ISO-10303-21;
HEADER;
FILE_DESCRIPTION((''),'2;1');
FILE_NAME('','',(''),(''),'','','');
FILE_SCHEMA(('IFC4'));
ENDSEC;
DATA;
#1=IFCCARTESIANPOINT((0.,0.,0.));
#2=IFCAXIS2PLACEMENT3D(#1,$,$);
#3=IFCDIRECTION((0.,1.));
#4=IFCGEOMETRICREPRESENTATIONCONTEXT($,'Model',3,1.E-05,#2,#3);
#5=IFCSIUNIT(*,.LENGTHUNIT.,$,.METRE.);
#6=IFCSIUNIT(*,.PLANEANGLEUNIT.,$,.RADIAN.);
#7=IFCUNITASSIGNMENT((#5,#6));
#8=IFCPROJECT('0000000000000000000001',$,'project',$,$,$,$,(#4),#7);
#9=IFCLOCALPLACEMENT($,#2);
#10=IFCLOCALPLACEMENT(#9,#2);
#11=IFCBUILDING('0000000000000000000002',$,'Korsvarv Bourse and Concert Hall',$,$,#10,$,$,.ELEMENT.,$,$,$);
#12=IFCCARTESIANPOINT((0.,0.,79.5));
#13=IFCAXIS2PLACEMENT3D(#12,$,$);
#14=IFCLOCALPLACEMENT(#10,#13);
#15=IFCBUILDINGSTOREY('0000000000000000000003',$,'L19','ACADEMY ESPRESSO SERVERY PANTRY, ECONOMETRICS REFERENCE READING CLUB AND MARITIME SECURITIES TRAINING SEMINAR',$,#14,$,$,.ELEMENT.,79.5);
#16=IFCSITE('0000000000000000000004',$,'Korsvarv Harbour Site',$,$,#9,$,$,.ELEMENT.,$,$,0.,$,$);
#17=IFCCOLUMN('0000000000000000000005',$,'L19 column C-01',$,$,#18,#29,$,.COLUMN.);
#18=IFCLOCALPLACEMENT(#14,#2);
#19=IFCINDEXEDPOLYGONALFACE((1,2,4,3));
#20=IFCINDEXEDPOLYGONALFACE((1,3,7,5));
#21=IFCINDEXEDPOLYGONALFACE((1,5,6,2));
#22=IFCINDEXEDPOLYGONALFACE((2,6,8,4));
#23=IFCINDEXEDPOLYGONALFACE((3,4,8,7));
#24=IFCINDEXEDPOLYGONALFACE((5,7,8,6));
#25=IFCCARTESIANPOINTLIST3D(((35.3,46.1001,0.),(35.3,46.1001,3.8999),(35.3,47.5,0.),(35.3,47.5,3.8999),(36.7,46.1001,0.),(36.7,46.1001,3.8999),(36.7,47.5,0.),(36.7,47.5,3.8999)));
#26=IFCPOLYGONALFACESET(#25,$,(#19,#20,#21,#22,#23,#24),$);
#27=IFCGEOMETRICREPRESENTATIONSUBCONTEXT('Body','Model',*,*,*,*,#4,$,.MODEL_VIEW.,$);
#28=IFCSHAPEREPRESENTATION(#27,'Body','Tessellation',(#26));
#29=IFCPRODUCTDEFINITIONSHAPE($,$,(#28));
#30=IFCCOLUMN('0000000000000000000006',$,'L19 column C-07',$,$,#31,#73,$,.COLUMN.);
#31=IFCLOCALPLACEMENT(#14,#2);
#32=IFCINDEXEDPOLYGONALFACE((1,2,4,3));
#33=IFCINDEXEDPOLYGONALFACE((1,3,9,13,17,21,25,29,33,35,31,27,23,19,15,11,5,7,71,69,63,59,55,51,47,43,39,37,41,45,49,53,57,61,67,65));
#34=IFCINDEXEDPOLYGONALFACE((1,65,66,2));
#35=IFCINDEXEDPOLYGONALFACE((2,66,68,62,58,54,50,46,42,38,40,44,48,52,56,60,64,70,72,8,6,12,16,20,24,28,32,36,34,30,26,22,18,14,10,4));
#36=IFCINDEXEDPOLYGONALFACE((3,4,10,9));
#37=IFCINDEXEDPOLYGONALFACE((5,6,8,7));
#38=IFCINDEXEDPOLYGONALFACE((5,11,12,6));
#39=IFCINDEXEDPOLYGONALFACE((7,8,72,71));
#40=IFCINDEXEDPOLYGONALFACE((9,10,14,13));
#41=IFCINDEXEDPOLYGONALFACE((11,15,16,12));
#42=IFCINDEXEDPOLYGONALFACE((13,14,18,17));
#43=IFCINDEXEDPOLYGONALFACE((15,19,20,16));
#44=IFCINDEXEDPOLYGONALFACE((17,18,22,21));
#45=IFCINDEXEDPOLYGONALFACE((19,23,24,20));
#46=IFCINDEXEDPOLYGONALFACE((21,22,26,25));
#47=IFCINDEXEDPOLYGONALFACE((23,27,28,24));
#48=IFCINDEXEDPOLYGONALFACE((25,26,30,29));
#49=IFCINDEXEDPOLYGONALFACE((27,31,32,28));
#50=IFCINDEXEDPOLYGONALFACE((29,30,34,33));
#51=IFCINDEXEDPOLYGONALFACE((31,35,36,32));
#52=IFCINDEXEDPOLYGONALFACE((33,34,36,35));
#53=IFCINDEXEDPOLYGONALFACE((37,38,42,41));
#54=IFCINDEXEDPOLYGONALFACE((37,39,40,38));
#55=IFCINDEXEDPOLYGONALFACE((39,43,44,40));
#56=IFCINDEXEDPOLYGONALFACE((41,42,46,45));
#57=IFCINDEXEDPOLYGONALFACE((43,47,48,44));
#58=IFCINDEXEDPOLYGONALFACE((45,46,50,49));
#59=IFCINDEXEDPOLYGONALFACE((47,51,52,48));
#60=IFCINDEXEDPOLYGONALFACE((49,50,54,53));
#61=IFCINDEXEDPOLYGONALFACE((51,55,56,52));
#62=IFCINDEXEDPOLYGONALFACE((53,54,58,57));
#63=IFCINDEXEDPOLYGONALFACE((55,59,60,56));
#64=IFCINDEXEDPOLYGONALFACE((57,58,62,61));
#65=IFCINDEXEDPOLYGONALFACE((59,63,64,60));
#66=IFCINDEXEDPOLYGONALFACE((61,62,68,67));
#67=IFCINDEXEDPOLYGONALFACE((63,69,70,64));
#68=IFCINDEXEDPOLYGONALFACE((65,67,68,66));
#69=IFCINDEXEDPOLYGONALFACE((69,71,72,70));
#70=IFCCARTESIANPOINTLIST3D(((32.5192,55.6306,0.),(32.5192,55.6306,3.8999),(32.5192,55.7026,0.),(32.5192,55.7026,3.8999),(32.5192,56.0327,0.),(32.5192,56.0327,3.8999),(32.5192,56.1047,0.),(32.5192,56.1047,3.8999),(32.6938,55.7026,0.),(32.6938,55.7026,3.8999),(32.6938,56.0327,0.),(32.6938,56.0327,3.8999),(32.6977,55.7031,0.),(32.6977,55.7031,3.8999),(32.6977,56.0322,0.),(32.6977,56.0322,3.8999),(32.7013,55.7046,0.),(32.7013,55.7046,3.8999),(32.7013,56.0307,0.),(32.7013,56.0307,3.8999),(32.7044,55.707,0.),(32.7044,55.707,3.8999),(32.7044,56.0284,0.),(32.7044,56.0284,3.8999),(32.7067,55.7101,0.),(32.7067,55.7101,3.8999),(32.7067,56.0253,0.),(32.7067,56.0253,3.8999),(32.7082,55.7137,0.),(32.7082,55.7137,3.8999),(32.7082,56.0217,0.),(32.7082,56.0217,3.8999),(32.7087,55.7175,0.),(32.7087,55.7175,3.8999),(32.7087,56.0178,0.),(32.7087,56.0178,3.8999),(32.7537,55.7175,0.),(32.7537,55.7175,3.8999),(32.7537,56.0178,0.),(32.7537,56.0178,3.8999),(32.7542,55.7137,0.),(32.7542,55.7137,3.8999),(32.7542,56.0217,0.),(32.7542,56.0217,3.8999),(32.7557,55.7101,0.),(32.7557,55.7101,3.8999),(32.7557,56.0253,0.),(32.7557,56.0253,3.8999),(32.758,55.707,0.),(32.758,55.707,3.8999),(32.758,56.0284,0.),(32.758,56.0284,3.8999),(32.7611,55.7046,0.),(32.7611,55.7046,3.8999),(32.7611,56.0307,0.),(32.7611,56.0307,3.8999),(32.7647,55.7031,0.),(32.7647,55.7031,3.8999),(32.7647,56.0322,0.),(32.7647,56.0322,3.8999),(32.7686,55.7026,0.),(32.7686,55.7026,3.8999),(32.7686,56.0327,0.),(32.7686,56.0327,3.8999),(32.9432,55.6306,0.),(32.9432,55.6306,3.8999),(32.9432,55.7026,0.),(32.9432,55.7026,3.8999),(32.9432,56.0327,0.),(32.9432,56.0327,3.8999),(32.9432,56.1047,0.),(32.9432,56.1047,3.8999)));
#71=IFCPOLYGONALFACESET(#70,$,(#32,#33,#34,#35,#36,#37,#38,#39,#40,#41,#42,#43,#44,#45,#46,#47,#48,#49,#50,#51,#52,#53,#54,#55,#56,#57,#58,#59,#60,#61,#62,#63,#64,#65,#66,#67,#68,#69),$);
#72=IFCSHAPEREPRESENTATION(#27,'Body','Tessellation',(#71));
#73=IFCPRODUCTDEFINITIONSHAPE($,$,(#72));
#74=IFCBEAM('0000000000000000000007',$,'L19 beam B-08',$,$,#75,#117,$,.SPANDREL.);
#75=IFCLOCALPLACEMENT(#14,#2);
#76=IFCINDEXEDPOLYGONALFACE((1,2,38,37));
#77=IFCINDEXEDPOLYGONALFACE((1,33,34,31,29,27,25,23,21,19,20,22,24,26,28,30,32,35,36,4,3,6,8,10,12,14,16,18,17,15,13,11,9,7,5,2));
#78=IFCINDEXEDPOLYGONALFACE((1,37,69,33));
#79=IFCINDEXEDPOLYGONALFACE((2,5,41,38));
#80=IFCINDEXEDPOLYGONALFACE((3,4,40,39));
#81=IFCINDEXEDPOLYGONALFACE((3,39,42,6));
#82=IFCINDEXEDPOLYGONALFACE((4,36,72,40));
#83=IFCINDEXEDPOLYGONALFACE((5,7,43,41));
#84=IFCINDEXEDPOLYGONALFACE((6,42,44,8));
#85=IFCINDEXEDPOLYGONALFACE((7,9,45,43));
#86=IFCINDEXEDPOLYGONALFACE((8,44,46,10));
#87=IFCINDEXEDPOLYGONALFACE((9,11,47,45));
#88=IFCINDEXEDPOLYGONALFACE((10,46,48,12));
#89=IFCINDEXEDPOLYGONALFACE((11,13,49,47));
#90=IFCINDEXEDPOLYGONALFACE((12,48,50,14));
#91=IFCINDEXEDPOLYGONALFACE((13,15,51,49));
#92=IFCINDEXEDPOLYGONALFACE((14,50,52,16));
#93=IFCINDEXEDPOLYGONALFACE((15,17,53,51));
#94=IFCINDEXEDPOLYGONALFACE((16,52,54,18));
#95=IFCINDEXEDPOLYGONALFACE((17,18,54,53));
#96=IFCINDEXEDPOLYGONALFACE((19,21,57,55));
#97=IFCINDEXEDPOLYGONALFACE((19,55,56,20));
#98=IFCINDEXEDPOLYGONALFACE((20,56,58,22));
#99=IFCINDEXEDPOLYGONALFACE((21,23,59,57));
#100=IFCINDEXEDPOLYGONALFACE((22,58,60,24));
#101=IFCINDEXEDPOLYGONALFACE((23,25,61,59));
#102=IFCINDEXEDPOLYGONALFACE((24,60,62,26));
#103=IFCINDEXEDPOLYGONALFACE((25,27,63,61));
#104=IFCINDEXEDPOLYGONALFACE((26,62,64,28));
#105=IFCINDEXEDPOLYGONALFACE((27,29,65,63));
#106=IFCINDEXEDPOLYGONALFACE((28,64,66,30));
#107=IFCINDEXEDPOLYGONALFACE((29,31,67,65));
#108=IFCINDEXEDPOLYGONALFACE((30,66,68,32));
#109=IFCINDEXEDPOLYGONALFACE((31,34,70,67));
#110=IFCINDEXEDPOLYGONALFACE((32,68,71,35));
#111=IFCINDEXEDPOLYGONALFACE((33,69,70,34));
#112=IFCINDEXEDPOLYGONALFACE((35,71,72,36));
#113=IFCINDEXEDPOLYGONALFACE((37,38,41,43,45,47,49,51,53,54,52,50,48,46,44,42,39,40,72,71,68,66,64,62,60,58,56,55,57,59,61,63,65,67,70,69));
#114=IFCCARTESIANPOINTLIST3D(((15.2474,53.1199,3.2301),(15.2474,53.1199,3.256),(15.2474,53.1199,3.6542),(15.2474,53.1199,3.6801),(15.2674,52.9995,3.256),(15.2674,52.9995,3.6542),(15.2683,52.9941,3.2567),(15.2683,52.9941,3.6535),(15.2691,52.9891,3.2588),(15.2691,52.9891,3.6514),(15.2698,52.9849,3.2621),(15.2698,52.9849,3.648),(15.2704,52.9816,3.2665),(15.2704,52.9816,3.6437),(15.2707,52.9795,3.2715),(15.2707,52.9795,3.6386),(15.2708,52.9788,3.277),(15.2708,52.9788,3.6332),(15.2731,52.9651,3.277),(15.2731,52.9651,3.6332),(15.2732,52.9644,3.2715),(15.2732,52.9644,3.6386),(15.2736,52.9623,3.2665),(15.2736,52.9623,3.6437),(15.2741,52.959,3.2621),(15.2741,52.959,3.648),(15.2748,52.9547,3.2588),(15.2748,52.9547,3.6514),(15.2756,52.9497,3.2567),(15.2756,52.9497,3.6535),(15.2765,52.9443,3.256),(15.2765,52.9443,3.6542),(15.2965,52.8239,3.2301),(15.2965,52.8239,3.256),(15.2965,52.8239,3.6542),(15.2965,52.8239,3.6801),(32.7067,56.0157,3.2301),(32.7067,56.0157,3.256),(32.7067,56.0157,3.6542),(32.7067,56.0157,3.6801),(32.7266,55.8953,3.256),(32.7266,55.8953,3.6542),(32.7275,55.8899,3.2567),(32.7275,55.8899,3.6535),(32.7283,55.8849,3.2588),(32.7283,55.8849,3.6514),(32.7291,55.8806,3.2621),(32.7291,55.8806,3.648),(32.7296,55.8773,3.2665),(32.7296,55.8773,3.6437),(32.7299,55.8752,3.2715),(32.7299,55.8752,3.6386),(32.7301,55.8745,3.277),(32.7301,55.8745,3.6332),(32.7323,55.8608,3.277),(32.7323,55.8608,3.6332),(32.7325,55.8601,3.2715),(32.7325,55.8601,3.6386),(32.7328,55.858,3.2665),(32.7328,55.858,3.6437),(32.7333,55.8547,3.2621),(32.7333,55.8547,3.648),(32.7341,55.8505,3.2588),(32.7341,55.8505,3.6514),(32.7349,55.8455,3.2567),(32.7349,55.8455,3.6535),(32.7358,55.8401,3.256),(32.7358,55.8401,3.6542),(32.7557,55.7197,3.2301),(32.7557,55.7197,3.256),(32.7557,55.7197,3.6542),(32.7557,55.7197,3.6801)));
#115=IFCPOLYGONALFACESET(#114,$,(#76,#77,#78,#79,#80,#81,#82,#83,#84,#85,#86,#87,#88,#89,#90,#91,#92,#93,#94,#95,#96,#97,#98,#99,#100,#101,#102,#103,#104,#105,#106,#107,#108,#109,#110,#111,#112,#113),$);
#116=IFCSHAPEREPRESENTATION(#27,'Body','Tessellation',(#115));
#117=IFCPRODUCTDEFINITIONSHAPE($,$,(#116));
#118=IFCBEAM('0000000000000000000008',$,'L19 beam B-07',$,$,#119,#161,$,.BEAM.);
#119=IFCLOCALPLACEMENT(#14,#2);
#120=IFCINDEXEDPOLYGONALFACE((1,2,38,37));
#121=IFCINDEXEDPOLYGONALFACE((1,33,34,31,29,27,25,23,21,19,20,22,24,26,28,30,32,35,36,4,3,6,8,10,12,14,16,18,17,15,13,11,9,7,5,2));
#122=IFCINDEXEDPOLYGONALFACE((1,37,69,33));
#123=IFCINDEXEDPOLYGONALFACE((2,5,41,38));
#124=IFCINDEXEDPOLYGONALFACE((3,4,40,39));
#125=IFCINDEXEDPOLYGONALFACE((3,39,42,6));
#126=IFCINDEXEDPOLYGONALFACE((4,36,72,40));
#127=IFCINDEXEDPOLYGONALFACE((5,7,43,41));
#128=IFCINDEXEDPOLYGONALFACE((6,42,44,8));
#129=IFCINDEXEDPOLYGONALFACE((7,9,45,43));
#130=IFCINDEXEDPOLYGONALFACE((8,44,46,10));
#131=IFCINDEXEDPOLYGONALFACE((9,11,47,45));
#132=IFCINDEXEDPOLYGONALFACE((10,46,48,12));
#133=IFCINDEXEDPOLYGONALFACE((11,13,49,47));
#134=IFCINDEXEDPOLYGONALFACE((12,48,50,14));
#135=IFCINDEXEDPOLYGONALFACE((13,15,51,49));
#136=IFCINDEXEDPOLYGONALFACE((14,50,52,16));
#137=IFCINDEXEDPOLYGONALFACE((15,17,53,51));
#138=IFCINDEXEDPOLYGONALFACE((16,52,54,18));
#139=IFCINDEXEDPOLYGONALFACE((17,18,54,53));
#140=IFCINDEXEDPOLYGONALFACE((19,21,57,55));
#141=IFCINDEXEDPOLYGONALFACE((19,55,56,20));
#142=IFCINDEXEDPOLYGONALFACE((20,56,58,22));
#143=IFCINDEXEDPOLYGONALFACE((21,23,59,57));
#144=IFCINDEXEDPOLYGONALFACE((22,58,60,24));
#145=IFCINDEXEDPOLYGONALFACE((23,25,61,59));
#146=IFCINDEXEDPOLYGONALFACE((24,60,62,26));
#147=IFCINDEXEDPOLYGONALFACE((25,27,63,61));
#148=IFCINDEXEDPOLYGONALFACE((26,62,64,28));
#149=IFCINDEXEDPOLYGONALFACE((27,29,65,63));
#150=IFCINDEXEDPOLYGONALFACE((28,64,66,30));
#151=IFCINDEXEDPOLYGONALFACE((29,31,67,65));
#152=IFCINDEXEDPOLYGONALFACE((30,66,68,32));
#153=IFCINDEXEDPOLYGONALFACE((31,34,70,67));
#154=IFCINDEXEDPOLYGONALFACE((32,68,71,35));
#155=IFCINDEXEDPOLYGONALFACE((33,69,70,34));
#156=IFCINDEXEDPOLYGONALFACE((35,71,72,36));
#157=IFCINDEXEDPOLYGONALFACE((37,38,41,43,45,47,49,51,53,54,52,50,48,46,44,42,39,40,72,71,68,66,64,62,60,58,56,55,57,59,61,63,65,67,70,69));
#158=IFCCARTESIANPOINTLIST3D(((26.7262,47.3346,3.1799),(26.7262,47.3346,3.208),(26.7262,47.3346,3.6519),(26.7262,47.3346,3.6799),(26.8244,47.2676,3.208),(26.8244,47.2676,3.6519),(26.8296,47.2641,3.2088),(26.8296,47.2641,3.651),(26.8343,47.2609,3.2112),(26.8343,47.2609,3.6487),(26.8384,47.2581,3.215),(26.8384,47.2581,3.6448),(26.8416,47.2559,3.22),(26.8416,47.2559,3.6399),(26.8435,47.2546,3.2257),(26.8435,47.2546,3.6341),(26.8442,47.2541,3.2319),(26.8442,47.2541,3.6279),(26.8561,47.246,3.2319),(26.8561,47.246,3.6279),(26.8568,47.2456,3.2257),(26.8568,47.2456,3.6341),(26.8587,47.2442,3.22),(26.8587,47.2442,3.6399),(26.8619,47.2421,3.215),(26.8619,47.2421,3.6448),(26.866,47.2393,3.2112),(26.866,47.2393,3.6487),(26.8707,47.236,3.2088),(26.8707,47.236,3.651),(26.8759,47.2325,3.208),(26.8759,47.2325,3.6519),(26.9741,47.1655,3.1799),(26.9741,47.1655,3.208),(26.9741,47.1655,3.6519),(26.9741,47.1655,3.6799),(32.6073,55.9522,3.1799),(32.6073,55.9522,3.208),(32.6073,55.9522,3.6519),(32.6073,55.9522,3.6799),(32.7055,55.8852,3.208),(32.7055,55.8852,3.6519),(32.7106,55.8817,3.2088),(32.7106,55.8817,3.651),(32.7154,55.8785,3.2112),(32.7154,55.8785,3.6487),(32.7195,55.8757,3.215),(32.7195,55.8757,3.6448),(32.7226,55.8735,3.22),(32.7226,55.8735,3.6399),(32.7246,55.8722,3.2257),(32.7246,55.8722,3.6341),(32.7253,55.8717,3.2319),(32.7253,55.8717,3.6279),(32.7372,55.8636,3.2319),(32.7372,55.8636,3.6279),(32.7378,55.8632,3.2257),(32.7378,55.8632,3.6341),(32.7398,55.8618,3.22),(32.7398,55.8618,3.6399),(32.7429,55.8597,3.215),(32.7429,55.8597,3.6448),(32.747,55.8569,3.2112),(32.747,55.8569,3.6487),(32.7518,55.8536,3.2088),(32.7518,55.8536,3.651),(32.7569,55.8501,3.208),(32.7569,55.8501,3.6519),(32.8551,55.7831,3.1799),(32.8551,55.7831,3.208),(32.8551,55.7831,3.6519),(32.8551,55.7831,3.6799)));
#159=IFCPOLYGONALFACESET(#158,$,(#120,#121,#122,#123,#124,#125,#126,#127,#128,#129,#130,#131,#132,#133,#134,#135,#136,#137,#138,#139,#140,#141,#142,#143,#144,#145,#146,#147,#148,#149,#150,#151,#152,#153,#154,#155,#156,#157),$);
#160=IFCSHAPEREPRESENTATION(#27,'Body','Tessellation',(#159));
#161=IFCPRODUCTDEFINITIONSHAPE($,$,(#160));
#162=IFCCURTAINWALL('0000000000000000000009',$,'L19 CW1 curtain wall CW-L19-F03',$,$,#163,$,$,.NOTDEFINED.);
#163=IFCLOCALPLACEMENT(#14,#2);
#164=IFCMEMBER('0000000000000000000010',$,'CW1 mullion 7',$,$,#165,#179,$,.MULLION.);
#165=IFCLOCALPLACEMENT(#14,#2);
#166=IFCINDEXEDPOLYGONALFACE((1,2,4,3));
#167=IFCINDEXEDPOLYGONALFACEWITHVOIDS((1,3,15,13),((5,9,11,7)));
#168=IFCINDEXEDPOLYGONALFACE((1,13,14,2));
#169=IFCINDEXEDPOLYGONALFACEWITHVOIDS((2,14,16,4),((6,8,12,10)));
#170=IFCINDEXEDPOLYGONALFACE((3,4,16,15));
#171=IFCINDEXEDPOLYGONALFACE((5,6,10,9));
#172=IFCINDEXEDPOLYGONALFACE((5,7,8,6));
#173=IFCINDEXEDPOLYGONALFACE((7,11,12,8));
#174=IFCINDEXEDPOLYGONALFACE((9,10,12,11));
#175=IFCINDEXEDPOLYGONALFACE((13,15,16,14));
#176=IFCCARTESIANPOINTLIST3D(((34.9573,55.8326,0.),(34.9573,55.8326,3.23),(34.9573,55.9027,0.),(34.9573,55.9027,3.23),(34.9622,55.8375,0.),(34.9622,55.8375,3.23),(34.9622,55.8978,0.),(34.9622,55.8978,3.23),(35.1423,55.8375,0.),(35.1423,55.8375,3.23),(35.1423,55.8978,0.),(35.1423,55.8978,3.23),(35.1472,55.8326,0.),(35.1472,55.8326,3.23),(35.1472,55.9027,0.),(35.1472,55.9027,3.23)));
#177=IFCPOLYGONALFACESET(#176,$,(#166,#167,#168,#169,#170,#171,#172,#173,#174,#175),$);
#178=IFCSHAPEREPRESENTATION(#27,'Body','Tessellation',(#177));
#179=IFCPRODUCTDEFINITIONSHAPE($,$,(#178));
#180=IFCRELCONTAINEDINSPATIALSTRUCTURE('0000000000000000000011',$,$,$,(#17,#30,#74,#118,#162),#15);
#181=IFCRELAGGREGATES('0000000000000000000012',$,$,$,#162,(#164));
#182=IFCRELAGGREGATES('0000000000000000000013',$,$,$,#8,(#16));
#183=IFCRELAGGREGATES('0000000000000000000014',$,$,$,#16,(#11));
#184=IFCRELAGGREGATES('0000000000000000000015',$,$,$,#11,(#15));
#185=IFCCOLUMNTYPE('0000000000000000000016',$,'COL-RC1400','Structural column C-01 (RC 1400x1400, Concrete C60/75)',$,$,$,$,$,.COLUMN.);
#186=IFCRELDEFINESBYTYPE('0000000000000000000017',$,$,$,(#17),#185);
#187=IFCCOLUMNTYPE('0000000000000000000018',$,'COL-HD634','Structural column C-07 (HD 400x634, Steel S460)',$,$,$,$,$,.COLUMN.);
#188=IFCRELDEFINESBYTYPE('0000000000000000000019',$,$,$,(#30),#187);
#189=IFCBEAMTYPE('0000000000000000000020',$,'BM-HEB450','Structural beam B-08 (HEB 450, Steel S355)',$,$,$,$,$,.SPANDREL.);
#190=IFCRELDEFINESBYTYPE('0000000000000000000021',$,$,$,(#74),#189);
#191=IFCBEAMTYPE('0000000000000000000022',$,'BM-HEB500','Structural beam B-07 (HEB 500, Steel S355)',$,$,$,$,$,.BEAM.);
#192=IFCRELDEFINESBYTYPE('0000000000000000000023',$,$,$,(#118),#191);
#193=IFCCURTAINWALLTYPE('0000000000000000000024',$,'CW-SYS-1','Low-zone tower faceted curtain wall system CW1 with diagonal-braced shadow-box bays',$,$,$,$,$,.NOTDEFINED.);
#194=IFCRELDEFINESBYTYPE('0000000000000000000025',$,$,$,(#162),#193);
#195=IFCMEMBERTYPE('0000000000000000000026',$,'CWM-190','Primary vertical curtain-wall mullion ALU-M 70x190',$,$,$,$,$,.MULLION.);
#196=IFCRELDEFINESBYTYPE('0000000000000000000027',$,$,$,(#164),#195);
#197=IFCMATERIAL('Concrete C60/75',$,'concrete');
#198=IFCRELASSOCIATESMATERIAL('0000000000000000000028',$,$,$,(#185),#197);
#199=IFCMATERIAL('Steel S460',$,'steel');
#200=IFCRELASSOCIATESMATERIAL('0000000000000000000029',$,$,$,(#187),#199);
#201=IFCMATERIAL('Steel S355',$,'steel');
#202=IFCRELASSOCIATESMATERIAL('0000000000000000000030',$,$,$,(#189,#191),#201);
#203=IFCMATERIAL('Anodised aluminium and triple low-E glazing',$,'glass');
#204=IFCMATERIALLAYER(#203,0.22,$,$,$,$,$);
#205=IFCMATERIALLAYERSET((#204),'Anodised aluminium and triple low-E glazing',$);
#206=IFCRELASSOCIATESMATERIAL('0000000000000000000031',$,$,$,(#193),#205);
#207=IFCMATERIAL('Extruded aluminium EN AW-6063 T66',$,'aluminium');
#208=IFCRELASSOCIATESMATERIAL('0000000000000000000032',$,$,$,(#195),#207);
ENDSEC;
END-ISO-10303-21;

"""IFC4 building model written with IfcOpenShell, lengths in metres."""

from ifc_helpers import new_model, si_unit, direction, frame, origin, origin_2d, place, context, subcontext, project, spatial, rectangle, hollow_rectangle, i_section, extrude, source, transform, mapped, material, layer, layer_set, material_profile, profile_set, type_object, element, aggregate, save


model = new_model("IFC4")

# Units and contexts
model_context = context("Model", 3, precision=1e-05, world=origin(), true_north=direction((0.0, 1.0)))
body_context = subcontext(model_context, "Body", "Model", "MODEL_VIEW")
ifc_project = project(units=[si_unit("LENGTHUNIT", "METRE"), si_unit("PLANEANGLEUNIT", "RADIAN")], contexts=[model_context])

# Site, building, storey
site_placement = place(None, origin())
site = spatial("IfcSite", under=ifc_project, at=site_placement, Name="Korsvarv Harbour Site", CompositionType="ELEMENT", RefElevation=0.0)
building_placement = place(site_placement, origin())
building = spatial("IfcBuilding", under=site, at=building_placement, Name="Korsvarv Bourse and Concert Hall", CompositionType="ELEMENT")
storey_placement = place(building_placement, frame((0.0, 0.0, 79.5)))
storey = spatial("IfcBuildingStorey", under=building, at=storey_placement, Name="L19", Description="ACADEMY ESPRESSO SERVERY PANTRY, ECONOMETRICS REFERENCE READING CLUB AND MARITIME SECURITIES TRAINING SEMINAR", CompositionType="ELEMENT", Elevation=79.5)

# Columns
ifc_material_1 = material(Name="Concrete C60/75", Category="concrete")
ifc_material_profile_1 = material_profile(ifc_material_1, rectangle(XDim=1.3999, YDim=1.3999, at=origin_2d()), Name="RC 1400x1400")
ifc_profile_set_1 = profile_set([ifc_material_profile_1], Name="Concrete C60/75")
column_type_1 = type_object("IfcColumnType", Name="COL-RC1400", Description="Structural column C-01 (RC 1400x1400, Concrete C60/75)", PredefinedType="COLUMN", material=ifc_profile_set_1)
shared_shape_1 = source(origin(), body_context, "Body", "SweptSolid", [
    extrude(rectangle(XDim=1.3999, YDim=1.3999, at=origin_2d()), origin(), (0.0, 0.0, 1.0), 3.8999),
])
column_1_placement = place(storey_placement, frame((36.0, 46.8, 0.0), z_axis=(0.0, 0.0, 1.0), x_axis=(1.0, 0.0, 0.0)))
element("IfcColumn", 1, at=column_1_placement, inside=storey, type_object=column_type_1, Name="L19 column C-01", PredefinedType="COLUMN", context=body_context, shape_type="MappedRepresentation", body=[
    mapped(shared_shape_1, transform((0.0, 0.0, 0.0), scale=1.0)),
])
ifc_material_2 = material(Name="Steel S460", Category="steel")
ifc_material_profile_2 = material_profile(ifc_material_2, i_section(OverallWidth=0.4241, OverallDepth=0.4741, WebThickness=0.0449, FlangeThickness=0.072, FilletRadius=0.0149, at=origin_2d()), Name="HD 400x634")
ifc_profile_set_2 = profile_set([ifc_material_profile_2], Name="Steel S460")
column_type_2 = type_object("IfcColumnType", Name="COL-HD634", Description="Structural column C-07 (HD 400x634, Steel S460)", PredefinedType="COLUMN", material=ifc_profile_set_2)
shared_shape_2 = source(origin(), body_context, "Body", "SweptSolid", [
    extrude(i_section(OverallWidth=0.4241, OverallDepth=0.4741, WebThickness=0.0449, FlangeThickness=0.072, FilletRadius=0.0149, at=origin_2d()), origin(), (0.0, 0.0, 1.0), 3.8999),
])
column_2_placement = place(storey_placement, frame((32.7312, 55.8677, 0.0), z_axis=(0.0, 0.0, 1.0), x_axis=(1.0, 0.0, 0.0)))
element("IfcColumn", 2, at=column_2_placement, inside=storey, type_object=column_type_2, Name="L19 column C-07", PredefinedType="COLUMN", context=body_context, shape_type="MappedRepresentation", body=[
    mapped(shared_shape_2, transform((0.0, 0.0, 0.0), scale=1.0)),
])

# Beams
ifc_material_3 = material(Name="Steel S355", Category="steel")
ifc_material_profile_3 = material_profile(ifc_material_3, i_section(OverallWidth=0.3, OverallDepth=0.45, WebThickness=0.0139, FlangeThickness=0.0259, FilletRadius=0.021, at=origin_2d()), Name="HEB 450")
ifc_profile_set_3 = profile_set([ifc_material_profile_3], Name="Steel S355")
beam_type_1 = type_object("IfcBeamType", Name="BM-HEB450", Description="Structural beam B-08 (HEB 450, Steel S355)", PredefinedType="SPANDREL", material=ifc_profile_set_3)
shared_shape_3 = source(origin(), body_context, "Body", "SweptSolid", [
    extrude(i_section(OverallWidth=0.3, OverallDepth=0.45, WebThickness=0.0139, FlangeThickness=0.0259, FilletRadius=0.021, at=origin_2d()), origin(), (0.0, 0.0, 1.0), 17.6978),
])
beam_1_placement = place(storey_placement, frame((32.7312, 55.8677, 3.4551), z_axis=(-0.986523, -0.163623, 0.0), x_axis=(0.163623, -0.986523, 0.0)))
element("IfcBeam", 3, at=beam_1_placement, inside=storey, type_object=beam_type_1, Name="L19 beam B-08", PredefinedType="SPANDREL", context=body_context, shape_type="MappedRepresentation", body=[
    mapped(shared_shape_3, transform((0.0, 0.0, 0.0), scale=1.0)),
])
ifc_material_profile_4 = material_profile(ifc_material_3, i_section(OverallWidth=0.3, OverallDepth=0.5, WebThickness=0.0144, FlangeThickness=0.0281, FilletRadius=0.0239, at=origin_2d()), Name="HEB 500")
ifc_profile_set_4 = profile_set([ifc_material_profile_4], Name="Steel S355")
beam_type_2 = type_object("IfcBeamType", Name="BM-HEB500", Description="Structural beam B-07 (HEB 500, Steel S355)", PredefinedType="BEAM", material=ifc_profile_set_4)
shared_shape_4 = source(origin(), body_context, "Body", "SweptSolid", [
    extrude(i_section(OverallWidth=0.3, OverallDepth=0.5, WebThickness=0.0144, FlangeThickness=0.0281, FilletRadius=0.0239, at=origin_2d()), origin(), (0.0, 0.0, 1.0), 10.4331),
])
beam_2_placement = place(storey_placement, frame((32.7312, 55.8677, 3.4299), z_axis=(-0.563691, -0.825986, 0.0), x_axis=(0.825986, -0.563691, 0.0)))
element("IfcBeam", 4, at=beam_2_placement, inside=storey, type_object=beam_type_2, Name="L19 beam B-07", PredefinedType="BEAM", context=body_context, shape_type="MappedRepresentation", body=[
    mapped(shared_shape_4, transform((0.0, 0.0, 0.0), scale=1.0)),
])

# Curtain wall, member
ifc_material_4 = material(Name="Anodised aluminium and triple low-E glazing", Category="glass")
ifc_layer_1 = layer(ifc_material_4, 0.22)
ifc_layer_set_1 = layer_set([ifc_layer_1], Name="Anodised aluminium and triple low-E glazing")
curtain_wall_type = type_object("IfcCurtainWallType", Name="CW-SYS-1", Description="Low-zone tower faceted curtain wall system CW1 with diagonal-braced shadow-box bays", PredefinedType="NOTDEFINED", material=ifc_layer_set_1)
curtain_wall_placement = place(storey_placement, origin())
curtain_wall = element("IfcCurtainWall", 5, at=curtain_wall_placement, inside=storey, type_object=curtain_wall_type, Name="L19 CW1 curtain wall CW-L19-F03", PredefinedType="NOTDEFINED")
ifc_material_5 = material(Name="Extruded aluminium EN AW-6063 T66", Category="aluminium")
ifc_material_profile_5 = material_profile(ifc_material_5, hollow_rectangle(XDim=0.0701, YDim=0.1899, WallThickness=0.0049, at=origin_2d()), Name="ALU-M 70x190")
ifc_profile_set_5 = profile_set([ifc_material_profile_5], Name="Extruded aluminium EN AW-6063 T66")
member_type_1 = type_object("IfcMemberType", Name="CWM-190", Description="Primary vertical curtain-wall mullion ALU-M 70x190", PredefinedType="MULLION", material=ifc_profile_set_5)
shared_shape_5 = source(origin(), body_context, "Body", "SweptSolid", [
    extrude(hollow_rectangle(XDim=0.0701, YDim=0.1899, WallThickness=0.0049, at=origin_2d()), origin(), (0.0, 0.0, 1.0), 3.23),
])
member_1_placement = place(storey_placement, frame((35.0522, 55.8677, 0.0), z_axis=(0.0, 0.0, 1.0), x_axis=(0.0, -1.0, 0.0)))
member_1 = element("IfcMember", 6, at=member_1_placement, type_object=member_type_1, Name="CW1 mullion 7", PredefinedType="MULLION", context=body_context, shape_type="MappedRepresentation", body=[
    mapped(shared_shape_5, transform((0.0, 0.0, 0.0), scale=1.0)),
])
aggregate(curtain_wall, [member_1])

save(model, "model.ifc")
